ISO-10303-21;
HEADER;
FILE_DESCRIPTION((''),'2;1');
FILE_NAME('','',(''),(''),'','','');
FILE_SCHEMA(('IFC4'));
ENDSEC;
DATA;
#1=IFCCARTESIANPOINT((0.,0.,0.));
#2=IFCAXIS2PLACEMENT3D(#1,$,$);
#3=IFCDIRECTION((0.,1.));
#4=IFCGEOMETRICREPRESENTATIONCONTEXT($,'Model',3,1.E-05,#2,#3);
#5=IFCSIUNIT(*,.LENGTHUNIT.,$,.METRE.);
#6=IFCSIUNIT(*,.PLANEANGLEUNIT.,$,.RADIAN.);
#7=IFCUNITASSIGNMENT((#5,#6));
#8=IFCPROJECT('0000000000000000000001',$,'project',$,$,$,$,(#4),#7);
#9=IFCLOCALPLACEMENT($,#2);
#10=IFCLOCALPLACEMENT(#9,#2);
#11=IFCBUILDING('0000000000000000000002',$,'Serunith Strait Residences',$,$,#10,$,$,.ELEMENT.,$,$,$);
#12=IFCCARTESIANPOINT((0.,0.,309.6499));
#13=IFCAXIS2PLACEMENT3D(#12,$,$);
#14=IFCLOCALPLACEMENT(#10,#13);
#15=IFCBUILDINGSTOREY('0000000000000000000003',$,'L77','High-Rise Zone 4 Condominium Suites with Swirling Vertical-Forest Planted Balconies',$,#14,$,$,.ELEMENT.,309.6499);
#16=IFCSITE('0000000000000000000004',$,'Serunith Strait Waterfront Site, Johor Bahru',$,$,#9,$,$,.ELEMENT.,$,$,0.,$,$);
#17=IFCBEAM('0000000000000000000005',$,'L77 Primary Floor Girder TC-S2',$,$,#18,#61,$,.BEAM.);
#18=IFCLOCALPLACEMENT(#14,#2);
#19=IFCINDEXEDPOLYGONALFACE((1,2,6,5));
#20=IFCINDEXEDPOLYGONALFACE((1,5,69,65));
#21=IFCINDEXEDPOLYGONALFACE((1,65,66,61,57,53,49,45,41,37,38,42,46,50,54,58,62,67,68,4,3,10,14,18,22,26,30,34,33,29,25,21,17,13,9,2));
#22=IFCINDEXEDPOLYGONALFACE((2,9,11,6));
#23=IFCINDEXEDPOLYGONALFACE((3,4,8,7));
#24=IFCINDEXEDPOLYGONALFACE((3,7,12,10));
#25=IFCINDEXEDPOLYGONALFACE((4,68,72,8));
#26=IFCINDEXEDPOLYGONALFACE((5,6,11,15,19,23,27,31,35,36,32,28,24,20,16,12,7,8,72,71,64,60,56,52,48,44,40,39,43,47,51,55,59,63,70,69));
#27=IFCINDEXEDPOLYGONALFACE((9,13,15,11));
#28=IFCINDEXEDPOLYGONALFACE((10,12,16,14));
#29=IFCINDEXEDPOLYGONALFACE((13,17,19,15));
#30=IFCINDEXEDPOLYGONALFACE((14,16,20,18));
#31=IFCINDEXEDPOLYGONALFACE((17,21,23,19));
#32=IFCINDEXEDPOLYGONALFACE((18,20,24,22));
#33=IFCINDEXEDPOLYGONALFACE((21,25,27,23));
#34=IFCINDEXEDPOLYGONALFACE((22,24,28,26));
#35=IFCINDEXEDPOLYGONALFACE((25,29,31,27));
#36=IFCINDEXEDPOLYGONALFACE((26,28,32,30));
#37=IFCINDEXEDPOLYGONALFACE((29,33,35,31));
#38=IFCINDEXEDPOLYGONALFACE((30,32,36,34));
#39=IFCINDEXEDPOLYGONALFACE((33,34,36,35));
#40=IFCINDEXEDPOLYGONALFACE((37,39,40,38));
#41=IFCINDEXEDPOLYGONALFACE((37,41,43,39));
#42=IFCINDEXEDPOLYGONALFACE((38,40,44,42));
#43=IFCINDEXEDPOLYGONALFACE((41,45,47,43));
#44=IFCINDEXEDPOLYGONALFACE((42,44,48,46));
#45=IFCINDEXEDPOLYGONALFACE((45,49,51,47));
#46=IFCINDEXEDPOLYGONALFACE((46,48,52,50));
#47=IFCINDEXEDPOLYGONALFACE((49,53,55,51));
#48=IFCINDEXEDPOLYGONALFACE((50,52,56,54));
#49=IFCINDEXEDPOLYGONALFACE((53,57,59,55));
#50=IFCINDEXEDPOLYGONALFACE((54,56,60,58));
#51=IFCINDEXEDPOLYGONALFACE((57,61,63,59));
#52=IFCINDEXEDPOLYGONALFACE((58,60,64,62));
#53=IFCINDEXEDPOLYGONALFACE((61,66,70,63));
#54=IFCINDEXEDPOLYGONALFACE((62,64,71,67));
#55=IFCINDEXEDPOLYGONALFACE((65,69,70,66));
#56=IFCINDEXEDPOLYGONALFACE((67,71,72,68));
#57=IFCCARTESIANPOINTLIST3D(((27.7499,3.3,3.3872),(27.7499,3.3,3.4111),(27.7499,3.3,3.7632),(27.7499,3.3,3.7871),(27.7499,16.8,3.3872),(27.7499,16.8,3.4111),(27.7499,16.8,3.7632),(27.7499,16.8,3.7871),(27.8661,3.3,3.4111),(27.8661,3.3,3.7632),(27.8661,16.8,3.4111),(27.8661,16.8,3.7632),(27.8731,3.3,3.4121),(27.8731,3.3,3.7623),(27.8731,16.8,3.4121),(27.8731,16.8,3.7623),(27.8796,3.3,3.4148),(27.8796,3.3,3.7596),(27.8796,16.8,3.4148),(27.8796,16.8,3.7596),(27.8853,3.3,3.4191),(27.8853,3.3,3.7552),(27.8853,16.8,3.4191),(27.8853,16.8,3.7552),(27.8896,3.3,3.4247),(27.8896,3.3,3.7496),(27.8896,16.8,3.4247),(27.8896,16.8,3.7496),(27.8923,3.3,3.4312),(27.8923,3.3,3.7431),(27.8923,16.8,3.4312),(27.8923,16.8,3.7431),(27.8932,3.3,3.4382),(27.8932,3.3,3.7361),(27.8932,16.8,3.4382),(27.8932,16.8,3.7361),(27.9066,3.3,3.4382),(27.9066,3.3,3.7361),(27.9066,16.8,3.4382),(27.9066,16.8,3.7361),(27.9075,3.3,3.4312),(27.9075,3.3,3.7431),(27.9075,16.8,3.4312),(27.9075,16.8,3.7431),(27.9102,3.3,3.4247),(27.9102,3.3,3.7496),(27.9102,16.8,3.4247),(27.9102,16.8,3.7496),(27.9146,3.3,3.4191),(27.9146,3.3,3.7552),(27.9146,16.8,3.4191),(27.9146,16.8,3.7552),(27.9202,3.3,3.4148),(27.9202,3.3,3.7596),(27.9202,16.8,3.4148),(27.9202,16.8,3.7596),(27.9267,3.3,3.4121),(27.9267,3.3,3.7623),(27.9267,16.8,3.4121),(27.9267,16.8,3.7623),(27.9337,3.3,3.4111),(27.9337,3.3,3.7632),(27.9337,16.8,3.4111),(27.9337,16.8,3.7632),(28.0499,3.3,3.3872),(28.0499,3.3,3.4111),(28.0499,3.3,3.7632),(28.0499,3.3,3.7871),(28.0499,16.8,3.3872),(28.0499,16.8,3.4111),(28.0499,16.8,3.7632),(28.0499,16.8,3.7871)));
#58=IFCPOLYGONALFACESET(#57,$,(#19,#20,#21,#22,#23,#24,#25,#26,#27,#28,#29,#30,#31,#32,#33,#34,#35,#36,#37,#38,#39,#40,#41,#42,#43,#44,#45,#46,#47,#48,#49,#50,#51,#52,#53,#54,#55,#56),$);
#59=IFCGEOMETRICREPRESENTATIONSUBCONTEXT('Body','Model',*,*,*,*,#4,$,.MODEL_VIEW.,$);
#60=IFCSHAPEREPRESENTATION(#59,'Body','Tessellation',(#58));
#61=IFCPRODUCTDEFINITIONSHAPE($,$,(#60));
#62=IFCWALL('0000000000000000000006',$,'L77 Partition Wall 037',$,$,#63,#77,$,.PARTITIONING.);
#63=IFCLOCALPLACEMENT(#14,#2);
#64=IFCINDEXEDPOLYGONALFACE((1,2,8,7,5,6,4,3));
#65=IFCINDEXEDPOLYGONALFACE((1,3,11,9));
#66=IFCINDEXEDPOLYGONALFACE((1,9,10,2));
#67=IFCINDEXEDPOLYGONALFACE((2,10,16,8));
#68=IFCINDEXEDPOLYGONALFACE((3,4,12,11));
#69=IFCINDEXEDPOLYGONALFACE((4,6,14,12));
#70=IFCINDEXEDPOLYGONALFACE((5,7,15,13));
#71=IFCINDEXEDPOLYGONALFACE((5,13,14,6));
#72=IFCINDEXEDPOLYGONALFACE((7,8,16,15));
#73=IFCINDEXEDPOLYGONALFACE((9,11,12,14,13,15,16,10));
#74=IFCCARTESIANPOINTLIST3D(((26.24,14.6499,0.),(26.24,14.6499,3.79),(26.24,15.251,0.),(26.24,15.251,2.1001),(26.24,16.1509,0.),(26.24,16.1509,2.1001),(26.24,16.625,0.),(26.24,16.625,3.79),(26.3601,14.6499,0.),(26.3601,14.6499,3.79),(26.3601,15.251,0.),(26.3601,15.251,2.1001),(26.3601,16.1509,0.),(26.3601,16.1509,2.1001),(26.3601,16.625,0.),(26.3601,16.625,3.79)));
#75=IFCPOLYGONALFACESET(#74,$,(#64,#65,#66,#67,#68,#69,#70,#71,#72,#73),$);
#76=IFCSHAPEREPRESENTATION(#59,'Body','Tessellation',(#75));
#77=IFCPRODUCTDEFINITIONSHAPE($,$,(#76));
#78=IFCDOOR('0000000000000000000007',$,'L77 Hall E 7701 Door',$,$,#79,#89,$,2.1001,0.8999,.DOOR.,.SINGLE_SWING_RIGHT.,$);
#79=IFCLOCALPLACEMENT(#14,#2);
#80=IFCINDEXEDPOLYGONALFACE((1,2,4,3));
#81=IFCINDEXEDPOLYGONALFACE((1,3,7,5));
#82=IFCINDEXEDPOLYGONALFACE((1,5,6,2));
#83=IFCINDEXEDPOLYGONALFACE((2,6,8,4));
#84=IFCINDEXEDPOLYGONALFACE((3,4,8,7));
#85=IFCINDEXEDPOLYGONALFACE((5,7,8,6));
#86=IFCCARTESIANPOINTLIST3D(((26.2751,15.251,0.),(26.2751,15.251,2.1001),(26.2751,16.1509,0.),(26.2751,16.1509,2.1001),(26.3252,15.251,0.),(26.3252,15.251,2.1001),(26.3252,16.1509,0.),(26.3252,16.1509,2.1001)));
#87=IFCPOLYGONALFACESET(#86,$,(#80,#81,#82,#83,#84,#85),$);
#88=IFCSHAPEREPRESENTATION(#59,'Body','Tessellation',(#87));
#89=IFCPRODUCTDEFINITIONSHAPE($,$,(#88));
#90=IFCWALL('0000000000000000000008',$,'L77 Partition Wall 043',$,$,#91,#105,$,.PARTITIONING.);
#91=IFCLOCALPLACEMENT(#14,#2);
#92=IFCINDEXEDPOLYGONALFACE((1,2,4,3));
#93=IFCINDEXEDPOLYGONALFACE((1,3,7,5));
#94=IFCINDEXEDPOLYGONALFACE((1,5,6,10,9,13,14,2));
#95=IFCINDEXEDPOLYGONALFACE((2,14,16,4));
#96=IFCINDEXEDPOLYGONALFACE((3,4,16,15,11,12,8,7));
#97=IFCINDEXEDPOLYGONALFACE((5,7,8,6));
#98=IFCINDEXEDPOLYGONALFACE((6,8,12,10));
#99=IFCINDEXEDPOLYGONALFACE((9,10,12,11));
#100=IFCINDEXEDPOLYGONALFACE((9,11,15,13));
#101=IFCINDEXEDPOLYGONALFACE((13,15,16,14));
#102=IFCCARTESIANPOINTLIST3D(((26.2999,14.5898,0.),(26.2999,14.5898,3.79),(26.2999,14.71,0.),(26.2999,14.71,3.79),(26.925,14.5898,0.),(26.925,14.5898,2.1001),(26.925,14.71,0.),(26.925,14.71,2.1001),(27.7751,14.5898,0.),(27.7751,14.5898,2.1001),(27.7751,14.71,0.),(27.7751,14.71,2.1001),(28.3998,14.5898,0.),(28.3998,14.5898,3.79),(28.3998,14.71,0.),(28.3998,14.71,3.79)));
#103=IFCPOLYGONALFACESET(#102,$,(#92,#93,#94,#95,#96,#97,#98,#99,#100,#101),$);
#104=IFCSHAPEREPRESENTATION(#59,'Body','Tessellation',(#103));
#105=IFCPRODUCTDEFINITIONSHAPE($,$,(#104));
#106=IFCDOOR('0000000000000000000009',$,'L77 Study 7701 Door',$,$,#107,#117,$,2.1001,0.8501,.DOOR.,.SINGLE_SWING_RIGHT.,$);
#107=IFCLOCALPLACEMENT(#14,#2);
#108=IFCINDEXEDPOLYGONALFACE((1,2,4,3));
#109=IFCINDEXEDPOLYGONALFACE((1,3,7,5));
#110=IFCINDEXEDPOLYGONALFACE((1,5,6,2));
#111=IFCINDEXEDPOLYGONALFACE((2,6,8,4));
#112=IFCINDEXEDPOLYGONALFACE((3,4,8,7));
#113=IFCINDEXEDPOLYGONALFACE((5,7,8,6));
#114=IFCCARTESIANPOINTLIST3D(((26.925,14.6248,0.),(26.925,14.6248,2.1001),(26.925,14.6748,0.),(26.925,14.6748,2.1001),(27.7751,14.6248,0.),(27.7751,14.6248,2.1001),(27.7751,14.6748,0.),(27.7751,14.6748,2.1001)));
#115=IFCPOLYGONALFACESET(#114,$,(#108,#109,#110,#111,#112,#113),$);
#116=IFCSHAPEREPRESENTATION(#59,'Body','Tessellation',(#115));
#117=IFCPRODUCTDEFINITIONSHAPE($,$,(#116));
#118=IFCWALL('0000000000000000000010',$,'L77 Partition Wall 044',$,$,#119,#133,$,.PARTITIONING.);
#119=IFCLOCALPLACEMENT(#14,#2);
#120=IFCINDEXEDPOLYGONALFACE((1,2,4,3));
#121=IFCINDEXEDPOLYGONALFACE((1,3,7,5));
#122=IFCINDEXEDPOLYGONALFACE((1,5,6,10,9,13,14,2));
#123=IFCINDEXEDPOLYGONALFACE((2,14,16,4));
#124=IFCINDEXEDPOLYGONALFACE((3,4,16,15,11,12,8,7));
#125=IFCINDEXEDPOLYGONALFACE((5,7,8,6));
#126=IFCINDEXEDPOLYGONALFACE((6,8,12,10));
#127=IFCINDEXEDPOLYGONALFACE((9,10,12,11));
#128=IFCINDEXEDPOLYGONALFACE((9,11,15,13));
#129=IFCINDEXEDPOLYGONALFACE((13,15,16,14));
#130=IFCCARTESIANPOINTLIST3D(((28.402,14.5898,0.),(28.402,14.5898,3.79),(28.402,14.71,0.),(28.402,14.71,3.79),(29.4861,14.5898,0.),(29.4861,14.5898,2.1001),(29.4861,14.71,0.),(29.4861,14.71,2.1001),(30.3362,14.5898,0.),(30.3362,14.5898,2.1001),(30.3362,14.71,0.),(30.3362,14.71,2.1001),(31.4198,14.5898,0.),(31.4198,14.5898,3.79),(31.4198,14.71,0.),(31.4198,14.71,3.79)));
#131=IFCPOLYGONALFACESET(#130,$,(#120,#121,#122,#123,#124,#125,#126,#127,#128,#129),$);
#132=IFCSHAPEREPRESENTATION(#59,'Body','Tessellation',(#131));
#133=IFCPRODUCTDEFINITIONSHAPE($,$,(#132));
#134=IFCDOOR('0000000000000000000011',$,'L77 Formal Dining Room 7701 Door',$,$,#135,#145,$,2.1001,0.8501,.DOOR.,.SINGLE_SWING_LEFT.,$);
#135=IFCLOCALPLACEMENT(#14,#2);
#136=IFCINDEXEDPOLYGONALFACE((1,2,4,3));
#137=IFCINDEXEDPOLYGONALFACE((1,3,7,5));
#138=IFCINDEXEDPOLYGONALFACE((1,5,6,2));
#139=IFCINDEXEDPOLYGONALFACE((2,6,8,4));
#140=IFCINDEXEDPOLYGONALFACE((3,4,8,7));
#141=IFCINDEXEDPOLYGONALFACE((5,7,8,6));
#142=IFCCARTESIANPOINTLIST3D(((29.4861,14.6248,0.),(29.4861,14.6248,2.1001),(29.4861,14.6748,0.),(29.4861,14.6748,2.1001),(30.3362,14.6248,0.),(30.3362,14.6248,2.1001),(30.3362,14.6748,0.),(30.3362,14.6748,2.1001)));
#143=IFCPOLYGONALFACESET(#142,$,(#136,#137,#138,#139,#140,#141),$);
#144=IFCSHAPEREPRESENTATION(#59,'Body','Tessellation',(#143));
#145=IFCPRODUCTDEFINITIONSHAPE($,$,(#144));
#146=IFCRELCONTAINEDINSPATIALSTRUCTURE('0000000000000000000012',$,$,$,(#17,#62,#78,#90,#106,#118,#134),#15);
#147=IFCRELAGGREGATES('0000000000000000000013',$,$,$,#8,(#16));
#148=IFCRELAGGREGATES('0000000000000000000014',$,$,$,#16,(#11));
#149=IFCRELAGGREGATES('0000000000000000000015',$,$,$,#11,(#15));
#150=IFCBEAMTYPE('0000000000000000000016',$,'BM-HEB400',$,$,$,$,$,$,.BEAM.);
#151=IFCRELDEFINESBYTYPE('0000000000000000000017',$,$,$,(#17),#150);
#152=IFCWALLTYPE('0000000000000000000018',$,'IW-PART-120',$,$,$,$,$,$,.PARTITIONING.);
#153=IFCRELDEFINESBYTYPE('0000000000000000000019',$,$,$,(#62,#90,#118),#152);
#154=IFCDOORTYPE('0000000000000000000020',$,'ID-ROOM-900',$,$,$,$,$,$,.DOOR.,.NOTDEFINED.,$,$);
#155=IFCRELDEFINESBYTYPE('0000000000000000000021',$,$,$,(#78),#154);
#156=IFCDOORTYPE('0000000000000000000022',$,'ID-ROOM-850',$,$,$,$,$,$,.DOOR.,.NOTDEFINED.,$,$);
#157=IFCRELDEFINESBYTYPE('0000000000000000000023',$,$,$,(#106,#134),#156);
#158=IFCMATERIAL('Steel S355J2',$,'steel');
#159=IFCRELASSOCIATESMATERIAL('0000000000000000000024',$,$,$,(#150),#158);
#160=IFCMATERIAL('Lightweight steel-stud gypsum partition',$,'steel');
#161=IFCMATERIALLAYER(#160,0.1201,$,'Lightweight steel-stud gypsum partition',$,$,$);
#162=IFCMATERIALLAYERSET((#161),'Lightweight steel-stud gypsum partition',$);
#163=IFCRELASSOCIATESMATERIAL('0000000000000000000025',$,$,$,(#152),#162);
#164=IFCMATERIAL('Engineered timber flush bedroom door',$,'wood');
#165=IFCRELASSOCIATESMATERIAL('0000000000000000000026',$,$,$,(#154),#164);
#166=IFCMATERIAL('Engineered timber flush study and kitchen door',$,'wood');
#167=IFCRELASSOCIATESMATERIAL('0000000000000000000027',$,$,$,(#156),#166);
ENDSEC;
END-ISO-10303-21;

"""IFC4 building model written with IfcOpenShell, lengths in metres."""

from ifc_helpers import new_model, si_unit, direction, frame, frame_2d, origin, origin_2d, place, context, subcontext, project, spatial, rectangle, i_section, extrude, source, transform, mapped, material, layer, layer_set, material_profile, profile_set, type_object, element, fill, save


model = new_model("IFC4")

# Units and contexts
model_context = context("Model", 3, precision=1e-05, world=origin(), true_north=direction((0.0, 1.0)))
body_context = subcontext(model_context, "Body", "Model", "MODEL_VIEW")
ifc_project = project(units=[si_unit("LENGTHUNIT", "METRE"), si_unit("PLANEANGLEUNIT", "RADIAN")], contexts=[model_context])

# Site, building, storey
site_placement = place(None, origin())
site = spatial("IfcSite", under=ifc_project, at=site_placement, Name="Serunith Strait Waterfront Site, Johor Bahru", CompositionType="ELEMENT", RefElevation=0.0)
building_placement = place(site_placement, origin())
building = spatial("IfcBuilding", under=site, at=building_placement, Name="Serunith Strait Residences", CompositionType="ELEMENT")
storey_placement = place(building_placement, frame((0.0, 0.0, 309.6499)))
storey = spatial("IfcBuildingStorey", under=building, at=storey_placement, Name="L77", Description="High-Rise Zone 4 Condominium Suites with Swirling Vertical-Forest Planted Balconies", CompositionType="ELEMENT", Elevation=309.6499)

# Beam
ifc_material_1 = material(Name="Steel S355J2", Category="steel")
ifc_material_profile = material_profile(ifc_material_1, i_section(OverallWidth=0.3, OverallDepth=0.3999, WebThickness=0.0134, FlangeThickness=0.0239, FilletRadius=0.0271, at=origin_2d()), Name="HEB 400")
ifc_profile_set = profile_set([ifc_material_profile], Name="Steel S355J2")
beam_type = type_object("IfcBeamType", Name="BM-HEB400", PredefinedType="BEAM", material=ifc_profile_set)
shared_shape_1 = source(origin(), body_context, "Body", "SweptSolid", [
    extrude(i_section(OverallWidth=0.3, OverallDepth=0.3999, WebThickness=0.0134, FlangeThickness=0.0239, FilletRadius=0.0271, at=origin_2d()), origin(), (0.0, 0.0, 1.0), 13.5),
])
beam_placement = place(storey_placement, frame((27.8999, 16.8, 3.5872), z_axis=(0.0, -1.0, 0.0), x_axis=(1.0, 0.0, 0.0)))
element("IfcBeam", 1, at=beam_placement, inside=storey, type_object=beam_type, Name="L77 Primary Floor Girder TC-S2", PredefinedType="BEAM", context=body_context, shape_type="MappedRepresentation", body=[
    mapped(shared_shape_1, transform((0.0, 0.0, 0.0), scale=1.0)),
])

# Walls, openings, doors
ifc_material_2 = material(Name="Lightweight steel-stud gypsum partition", Category="steel")
ifc_layer_1 = layer(ifc_material_2, 0.1201, Name="Lightweight steel-stud gypsum partition")
ifc_layer_set_1 = layer_set([ifc_layer_1], Name="Lightweight steel-stud gypsum partition")
wall_type_1 = type_object("IfcWallType", Name="IW-PART-120", PredefinedType="PARTITIONING", material=ifc_layer_set_1)
wall_1_placement = place(storey_placement, frame((26.3, 14.6499, 0.0), z_axis=(0.0, 0.0, 1.0), x_axis=(0.0, 1.0, 0.0)))
wall_1 = element("IfcWall", 2, at=wall_1_placement, inside=storey, type_object=wall_type_1, Name="L77 Partition Wall 037", PredefinedType="PARTITIONING", context=body_context, shape_type="SweptSolid", body=[
    extrude(rectangle(XDim=1.9751, YDim=0.1201, at=frame_2d((0.9875, 0.0))), origin(), (0.0, 0.0, 1.0), 3.79),
])
opening_1_placement = place(wall_1_placement, frame((0.6011, 0.0, 0.0)))
opening_1 = element("IfcOpeningElement", 3, at=opening_1_placement, cuts=wall_1, PredefinedType="OPENING", context=body_context, shape_type="SweptSolid", body=[
    extrude(rectangle(XDim=0.8999, YDim=2.1001, at=frame_2d((0.45, 1.05))), frame((0.0, 0.0701, 0.0), z_axis=(0.0, -1.0, 0.0), x_axis=(1.0, 0.0, 0.0)), (0.0, 0.0, 1.0), 0.1401),
])
ifc_material_3 = material(Name="Engineered timber flush bedroom door", Category="wood")
door_type_1 = type_object("IfcDoorType", Name="ID-ROOM-900", OperationType="NOTDEFINED", PredefinedType="DOOR", material=ifc_material_3)
shared_shape_2 = source(origin(), body_context, "Body", "SweptSolid", [
    extrude(rectangle(XDim=0.8999, YDim=2.1001, at=frame_2d((0.45, 1.05))), frame((0.0, 0.0249, 0.0), z_axis=(0.0, -1.0, 0.0), x_axis=(1.0, 0.0, 0.0)), (0.0, 0.0, 1.0), 0.05),
])
door_1_placement = place(opening_1_placement, origin())
door_1 = element("IfcDoor", 4, at=door_1_placement, inside=storey, type_object=door_type_1, Name="L77 Hall E 7701 Door", OperationType="SINGLE_SWING_RIGHT", OverallHeight=2.1001, OverallWidth=0.8999, PredefinedType="DOOR", context=body_context, shape_type="MappedRepresentation", body=[
    mapped(shared_shape_2, transform((0.0, 0.0, 0.0), scale=1.0)),
])
fill(opening_1, door_1)
wall_2_placement = place(storey_placement, frame((26.3, 14.6499, 0.0), z_axis=(0.0, 0.0, 1.0), x_axis=(1.0, 0.0, 0.0)))
wall_2 = element("IfcWall", 5, at=wall_2_placement, inside=storey, type_object=wall_type_1, Name="L77 Partition Wall 043", PredefinedType="PARTITIONING", context=body_context, shape_type="SweptSolid", body=[
    extrude(rectangle(XDim=2.0999, YDim=0.1201, at=frame_2d((1.0498, 0.0))), origin(), (0.0, 0.0, 1.0), 3.79),
])
opening_2_placement = place(wall_2_placement, frame((0.625, 0.0, 0.0)))
opening_2 = element("IfcOpeningElement", 6, at=opening_2_placement, cuts=wall_2, PredefinedType="OPENING", context=body_context, shape_type="SweptSolid", body=[
    extrude(rectangle(XDim=0.8501, YDim=2.1001, at=frame_2d((0.425, 1.05))), frame((0.0, 0.0701, 0.0), z_axis=(0.0, -1.0, 0.0), x_axis=(1.0, 0.0, 0.0)), (0.0, 0.0, 1.0), 0.1401),
])
ifc_material_4 = material(Name="Engineered timber flush study and kitchen door", Category="wood")
door_type_2 = type_object("IfcDoorType", Name="ID-ROOM-850", OperationType="NOTDEFINED", PredefinedType="DOOR", material=ifc_material_4)
shared_shape_3 = source(origin(), body_context, "Body", "SweptSolid", [
    extrude(rectangle(XDim=0.8501, YDim=2.1001, at=frame_2d((0.425, 1.05))), frame((0.0, 0.0249, 0.0), z_axis=(0.0, -1.0, 0.0), x_axis=(1.0, 0.0, 0.0)), (0.0, 0.0, 1.0), 0.05),
])
door_2_placement = place(opening_2_placement, origin())
door_2 = element("IfcDoor", 7, at=door_2_placement, inside=storey, type_object=door_type_2, Name="L77 Study 7701 Door", OperationType="SINGLE_SWING_RIGHT", OverallHeight=2.1001, OverallWidth=0.8501, PredefinedType="DOOR", context=body_context, shape_type="MappedRepresentation", body=[
    mapped(shared_shape_3, transform((0.0, 0.0, 0.0), scale=1.0)),
])
fill(opening_2, door_2)
wall_3_placement = place(storey_placement, frame((28.4021, 14.6499, 0.0), z_axis=(0.0, 0.0, 1.0), x_axis=(1.0, 0.0, 0.0)))
wall_3 = element("IfcWall", 8, at=wall_3_placement, inside=storey, type_object=wall_type_1, Name="L77 Partition Wall 044", PredefinedType="PARTITIONING", context=body_context, shape_type="SweptSolid", body=[
    extrude(rectangle(XDim=3.0178, YDim=0.1201, at=frame_2d((1.5088, 0.0))), origin(), (0.0, 0.0, 1.0), 3.79),
])
opening_3_placement = place(wall_3_placement, frame((1.084, 0.0, 0.0)))
opening_3 = element("IfcOpeningElement", 9, at=opening_3_placement, cuts=wall_3, PredefinedType="OPENING", context=body_context, shape_type="SweptSolid", body=[
    extrude(rectangle(XDim=0.8501, YDim=2.1001, at=frame_2d((0.425, 1.05))), frame((0.0, 0.0701, 0.0), z_axis=(0.0, -1.0, 0.0), x_axis=(1.0, 0.0, 0.0)), (0.0, 0.0, 1.0), 0.1401),
])
door_3_placement = place(opening_3_placement, origin())
door_3 = element("IfcDoor", 10, at=door_3_placement, inside=storey, type_object=door_type_2, Name="L77 Formal Dining Room 7701 Door", OperationType="SINGLE_SWING_LEFT", OverallHeight=2.1001, OverallWidth=0.8501, PredefinedType="DOOR", context=body_context, shape_type="MappedRepresentation", body=[
    mapped(shared_shape_3, transform((0.0, 0.0, 0.0), scale=1.0)),
])
fill(opening_3, door_3)

save(model, "model.ifc")
